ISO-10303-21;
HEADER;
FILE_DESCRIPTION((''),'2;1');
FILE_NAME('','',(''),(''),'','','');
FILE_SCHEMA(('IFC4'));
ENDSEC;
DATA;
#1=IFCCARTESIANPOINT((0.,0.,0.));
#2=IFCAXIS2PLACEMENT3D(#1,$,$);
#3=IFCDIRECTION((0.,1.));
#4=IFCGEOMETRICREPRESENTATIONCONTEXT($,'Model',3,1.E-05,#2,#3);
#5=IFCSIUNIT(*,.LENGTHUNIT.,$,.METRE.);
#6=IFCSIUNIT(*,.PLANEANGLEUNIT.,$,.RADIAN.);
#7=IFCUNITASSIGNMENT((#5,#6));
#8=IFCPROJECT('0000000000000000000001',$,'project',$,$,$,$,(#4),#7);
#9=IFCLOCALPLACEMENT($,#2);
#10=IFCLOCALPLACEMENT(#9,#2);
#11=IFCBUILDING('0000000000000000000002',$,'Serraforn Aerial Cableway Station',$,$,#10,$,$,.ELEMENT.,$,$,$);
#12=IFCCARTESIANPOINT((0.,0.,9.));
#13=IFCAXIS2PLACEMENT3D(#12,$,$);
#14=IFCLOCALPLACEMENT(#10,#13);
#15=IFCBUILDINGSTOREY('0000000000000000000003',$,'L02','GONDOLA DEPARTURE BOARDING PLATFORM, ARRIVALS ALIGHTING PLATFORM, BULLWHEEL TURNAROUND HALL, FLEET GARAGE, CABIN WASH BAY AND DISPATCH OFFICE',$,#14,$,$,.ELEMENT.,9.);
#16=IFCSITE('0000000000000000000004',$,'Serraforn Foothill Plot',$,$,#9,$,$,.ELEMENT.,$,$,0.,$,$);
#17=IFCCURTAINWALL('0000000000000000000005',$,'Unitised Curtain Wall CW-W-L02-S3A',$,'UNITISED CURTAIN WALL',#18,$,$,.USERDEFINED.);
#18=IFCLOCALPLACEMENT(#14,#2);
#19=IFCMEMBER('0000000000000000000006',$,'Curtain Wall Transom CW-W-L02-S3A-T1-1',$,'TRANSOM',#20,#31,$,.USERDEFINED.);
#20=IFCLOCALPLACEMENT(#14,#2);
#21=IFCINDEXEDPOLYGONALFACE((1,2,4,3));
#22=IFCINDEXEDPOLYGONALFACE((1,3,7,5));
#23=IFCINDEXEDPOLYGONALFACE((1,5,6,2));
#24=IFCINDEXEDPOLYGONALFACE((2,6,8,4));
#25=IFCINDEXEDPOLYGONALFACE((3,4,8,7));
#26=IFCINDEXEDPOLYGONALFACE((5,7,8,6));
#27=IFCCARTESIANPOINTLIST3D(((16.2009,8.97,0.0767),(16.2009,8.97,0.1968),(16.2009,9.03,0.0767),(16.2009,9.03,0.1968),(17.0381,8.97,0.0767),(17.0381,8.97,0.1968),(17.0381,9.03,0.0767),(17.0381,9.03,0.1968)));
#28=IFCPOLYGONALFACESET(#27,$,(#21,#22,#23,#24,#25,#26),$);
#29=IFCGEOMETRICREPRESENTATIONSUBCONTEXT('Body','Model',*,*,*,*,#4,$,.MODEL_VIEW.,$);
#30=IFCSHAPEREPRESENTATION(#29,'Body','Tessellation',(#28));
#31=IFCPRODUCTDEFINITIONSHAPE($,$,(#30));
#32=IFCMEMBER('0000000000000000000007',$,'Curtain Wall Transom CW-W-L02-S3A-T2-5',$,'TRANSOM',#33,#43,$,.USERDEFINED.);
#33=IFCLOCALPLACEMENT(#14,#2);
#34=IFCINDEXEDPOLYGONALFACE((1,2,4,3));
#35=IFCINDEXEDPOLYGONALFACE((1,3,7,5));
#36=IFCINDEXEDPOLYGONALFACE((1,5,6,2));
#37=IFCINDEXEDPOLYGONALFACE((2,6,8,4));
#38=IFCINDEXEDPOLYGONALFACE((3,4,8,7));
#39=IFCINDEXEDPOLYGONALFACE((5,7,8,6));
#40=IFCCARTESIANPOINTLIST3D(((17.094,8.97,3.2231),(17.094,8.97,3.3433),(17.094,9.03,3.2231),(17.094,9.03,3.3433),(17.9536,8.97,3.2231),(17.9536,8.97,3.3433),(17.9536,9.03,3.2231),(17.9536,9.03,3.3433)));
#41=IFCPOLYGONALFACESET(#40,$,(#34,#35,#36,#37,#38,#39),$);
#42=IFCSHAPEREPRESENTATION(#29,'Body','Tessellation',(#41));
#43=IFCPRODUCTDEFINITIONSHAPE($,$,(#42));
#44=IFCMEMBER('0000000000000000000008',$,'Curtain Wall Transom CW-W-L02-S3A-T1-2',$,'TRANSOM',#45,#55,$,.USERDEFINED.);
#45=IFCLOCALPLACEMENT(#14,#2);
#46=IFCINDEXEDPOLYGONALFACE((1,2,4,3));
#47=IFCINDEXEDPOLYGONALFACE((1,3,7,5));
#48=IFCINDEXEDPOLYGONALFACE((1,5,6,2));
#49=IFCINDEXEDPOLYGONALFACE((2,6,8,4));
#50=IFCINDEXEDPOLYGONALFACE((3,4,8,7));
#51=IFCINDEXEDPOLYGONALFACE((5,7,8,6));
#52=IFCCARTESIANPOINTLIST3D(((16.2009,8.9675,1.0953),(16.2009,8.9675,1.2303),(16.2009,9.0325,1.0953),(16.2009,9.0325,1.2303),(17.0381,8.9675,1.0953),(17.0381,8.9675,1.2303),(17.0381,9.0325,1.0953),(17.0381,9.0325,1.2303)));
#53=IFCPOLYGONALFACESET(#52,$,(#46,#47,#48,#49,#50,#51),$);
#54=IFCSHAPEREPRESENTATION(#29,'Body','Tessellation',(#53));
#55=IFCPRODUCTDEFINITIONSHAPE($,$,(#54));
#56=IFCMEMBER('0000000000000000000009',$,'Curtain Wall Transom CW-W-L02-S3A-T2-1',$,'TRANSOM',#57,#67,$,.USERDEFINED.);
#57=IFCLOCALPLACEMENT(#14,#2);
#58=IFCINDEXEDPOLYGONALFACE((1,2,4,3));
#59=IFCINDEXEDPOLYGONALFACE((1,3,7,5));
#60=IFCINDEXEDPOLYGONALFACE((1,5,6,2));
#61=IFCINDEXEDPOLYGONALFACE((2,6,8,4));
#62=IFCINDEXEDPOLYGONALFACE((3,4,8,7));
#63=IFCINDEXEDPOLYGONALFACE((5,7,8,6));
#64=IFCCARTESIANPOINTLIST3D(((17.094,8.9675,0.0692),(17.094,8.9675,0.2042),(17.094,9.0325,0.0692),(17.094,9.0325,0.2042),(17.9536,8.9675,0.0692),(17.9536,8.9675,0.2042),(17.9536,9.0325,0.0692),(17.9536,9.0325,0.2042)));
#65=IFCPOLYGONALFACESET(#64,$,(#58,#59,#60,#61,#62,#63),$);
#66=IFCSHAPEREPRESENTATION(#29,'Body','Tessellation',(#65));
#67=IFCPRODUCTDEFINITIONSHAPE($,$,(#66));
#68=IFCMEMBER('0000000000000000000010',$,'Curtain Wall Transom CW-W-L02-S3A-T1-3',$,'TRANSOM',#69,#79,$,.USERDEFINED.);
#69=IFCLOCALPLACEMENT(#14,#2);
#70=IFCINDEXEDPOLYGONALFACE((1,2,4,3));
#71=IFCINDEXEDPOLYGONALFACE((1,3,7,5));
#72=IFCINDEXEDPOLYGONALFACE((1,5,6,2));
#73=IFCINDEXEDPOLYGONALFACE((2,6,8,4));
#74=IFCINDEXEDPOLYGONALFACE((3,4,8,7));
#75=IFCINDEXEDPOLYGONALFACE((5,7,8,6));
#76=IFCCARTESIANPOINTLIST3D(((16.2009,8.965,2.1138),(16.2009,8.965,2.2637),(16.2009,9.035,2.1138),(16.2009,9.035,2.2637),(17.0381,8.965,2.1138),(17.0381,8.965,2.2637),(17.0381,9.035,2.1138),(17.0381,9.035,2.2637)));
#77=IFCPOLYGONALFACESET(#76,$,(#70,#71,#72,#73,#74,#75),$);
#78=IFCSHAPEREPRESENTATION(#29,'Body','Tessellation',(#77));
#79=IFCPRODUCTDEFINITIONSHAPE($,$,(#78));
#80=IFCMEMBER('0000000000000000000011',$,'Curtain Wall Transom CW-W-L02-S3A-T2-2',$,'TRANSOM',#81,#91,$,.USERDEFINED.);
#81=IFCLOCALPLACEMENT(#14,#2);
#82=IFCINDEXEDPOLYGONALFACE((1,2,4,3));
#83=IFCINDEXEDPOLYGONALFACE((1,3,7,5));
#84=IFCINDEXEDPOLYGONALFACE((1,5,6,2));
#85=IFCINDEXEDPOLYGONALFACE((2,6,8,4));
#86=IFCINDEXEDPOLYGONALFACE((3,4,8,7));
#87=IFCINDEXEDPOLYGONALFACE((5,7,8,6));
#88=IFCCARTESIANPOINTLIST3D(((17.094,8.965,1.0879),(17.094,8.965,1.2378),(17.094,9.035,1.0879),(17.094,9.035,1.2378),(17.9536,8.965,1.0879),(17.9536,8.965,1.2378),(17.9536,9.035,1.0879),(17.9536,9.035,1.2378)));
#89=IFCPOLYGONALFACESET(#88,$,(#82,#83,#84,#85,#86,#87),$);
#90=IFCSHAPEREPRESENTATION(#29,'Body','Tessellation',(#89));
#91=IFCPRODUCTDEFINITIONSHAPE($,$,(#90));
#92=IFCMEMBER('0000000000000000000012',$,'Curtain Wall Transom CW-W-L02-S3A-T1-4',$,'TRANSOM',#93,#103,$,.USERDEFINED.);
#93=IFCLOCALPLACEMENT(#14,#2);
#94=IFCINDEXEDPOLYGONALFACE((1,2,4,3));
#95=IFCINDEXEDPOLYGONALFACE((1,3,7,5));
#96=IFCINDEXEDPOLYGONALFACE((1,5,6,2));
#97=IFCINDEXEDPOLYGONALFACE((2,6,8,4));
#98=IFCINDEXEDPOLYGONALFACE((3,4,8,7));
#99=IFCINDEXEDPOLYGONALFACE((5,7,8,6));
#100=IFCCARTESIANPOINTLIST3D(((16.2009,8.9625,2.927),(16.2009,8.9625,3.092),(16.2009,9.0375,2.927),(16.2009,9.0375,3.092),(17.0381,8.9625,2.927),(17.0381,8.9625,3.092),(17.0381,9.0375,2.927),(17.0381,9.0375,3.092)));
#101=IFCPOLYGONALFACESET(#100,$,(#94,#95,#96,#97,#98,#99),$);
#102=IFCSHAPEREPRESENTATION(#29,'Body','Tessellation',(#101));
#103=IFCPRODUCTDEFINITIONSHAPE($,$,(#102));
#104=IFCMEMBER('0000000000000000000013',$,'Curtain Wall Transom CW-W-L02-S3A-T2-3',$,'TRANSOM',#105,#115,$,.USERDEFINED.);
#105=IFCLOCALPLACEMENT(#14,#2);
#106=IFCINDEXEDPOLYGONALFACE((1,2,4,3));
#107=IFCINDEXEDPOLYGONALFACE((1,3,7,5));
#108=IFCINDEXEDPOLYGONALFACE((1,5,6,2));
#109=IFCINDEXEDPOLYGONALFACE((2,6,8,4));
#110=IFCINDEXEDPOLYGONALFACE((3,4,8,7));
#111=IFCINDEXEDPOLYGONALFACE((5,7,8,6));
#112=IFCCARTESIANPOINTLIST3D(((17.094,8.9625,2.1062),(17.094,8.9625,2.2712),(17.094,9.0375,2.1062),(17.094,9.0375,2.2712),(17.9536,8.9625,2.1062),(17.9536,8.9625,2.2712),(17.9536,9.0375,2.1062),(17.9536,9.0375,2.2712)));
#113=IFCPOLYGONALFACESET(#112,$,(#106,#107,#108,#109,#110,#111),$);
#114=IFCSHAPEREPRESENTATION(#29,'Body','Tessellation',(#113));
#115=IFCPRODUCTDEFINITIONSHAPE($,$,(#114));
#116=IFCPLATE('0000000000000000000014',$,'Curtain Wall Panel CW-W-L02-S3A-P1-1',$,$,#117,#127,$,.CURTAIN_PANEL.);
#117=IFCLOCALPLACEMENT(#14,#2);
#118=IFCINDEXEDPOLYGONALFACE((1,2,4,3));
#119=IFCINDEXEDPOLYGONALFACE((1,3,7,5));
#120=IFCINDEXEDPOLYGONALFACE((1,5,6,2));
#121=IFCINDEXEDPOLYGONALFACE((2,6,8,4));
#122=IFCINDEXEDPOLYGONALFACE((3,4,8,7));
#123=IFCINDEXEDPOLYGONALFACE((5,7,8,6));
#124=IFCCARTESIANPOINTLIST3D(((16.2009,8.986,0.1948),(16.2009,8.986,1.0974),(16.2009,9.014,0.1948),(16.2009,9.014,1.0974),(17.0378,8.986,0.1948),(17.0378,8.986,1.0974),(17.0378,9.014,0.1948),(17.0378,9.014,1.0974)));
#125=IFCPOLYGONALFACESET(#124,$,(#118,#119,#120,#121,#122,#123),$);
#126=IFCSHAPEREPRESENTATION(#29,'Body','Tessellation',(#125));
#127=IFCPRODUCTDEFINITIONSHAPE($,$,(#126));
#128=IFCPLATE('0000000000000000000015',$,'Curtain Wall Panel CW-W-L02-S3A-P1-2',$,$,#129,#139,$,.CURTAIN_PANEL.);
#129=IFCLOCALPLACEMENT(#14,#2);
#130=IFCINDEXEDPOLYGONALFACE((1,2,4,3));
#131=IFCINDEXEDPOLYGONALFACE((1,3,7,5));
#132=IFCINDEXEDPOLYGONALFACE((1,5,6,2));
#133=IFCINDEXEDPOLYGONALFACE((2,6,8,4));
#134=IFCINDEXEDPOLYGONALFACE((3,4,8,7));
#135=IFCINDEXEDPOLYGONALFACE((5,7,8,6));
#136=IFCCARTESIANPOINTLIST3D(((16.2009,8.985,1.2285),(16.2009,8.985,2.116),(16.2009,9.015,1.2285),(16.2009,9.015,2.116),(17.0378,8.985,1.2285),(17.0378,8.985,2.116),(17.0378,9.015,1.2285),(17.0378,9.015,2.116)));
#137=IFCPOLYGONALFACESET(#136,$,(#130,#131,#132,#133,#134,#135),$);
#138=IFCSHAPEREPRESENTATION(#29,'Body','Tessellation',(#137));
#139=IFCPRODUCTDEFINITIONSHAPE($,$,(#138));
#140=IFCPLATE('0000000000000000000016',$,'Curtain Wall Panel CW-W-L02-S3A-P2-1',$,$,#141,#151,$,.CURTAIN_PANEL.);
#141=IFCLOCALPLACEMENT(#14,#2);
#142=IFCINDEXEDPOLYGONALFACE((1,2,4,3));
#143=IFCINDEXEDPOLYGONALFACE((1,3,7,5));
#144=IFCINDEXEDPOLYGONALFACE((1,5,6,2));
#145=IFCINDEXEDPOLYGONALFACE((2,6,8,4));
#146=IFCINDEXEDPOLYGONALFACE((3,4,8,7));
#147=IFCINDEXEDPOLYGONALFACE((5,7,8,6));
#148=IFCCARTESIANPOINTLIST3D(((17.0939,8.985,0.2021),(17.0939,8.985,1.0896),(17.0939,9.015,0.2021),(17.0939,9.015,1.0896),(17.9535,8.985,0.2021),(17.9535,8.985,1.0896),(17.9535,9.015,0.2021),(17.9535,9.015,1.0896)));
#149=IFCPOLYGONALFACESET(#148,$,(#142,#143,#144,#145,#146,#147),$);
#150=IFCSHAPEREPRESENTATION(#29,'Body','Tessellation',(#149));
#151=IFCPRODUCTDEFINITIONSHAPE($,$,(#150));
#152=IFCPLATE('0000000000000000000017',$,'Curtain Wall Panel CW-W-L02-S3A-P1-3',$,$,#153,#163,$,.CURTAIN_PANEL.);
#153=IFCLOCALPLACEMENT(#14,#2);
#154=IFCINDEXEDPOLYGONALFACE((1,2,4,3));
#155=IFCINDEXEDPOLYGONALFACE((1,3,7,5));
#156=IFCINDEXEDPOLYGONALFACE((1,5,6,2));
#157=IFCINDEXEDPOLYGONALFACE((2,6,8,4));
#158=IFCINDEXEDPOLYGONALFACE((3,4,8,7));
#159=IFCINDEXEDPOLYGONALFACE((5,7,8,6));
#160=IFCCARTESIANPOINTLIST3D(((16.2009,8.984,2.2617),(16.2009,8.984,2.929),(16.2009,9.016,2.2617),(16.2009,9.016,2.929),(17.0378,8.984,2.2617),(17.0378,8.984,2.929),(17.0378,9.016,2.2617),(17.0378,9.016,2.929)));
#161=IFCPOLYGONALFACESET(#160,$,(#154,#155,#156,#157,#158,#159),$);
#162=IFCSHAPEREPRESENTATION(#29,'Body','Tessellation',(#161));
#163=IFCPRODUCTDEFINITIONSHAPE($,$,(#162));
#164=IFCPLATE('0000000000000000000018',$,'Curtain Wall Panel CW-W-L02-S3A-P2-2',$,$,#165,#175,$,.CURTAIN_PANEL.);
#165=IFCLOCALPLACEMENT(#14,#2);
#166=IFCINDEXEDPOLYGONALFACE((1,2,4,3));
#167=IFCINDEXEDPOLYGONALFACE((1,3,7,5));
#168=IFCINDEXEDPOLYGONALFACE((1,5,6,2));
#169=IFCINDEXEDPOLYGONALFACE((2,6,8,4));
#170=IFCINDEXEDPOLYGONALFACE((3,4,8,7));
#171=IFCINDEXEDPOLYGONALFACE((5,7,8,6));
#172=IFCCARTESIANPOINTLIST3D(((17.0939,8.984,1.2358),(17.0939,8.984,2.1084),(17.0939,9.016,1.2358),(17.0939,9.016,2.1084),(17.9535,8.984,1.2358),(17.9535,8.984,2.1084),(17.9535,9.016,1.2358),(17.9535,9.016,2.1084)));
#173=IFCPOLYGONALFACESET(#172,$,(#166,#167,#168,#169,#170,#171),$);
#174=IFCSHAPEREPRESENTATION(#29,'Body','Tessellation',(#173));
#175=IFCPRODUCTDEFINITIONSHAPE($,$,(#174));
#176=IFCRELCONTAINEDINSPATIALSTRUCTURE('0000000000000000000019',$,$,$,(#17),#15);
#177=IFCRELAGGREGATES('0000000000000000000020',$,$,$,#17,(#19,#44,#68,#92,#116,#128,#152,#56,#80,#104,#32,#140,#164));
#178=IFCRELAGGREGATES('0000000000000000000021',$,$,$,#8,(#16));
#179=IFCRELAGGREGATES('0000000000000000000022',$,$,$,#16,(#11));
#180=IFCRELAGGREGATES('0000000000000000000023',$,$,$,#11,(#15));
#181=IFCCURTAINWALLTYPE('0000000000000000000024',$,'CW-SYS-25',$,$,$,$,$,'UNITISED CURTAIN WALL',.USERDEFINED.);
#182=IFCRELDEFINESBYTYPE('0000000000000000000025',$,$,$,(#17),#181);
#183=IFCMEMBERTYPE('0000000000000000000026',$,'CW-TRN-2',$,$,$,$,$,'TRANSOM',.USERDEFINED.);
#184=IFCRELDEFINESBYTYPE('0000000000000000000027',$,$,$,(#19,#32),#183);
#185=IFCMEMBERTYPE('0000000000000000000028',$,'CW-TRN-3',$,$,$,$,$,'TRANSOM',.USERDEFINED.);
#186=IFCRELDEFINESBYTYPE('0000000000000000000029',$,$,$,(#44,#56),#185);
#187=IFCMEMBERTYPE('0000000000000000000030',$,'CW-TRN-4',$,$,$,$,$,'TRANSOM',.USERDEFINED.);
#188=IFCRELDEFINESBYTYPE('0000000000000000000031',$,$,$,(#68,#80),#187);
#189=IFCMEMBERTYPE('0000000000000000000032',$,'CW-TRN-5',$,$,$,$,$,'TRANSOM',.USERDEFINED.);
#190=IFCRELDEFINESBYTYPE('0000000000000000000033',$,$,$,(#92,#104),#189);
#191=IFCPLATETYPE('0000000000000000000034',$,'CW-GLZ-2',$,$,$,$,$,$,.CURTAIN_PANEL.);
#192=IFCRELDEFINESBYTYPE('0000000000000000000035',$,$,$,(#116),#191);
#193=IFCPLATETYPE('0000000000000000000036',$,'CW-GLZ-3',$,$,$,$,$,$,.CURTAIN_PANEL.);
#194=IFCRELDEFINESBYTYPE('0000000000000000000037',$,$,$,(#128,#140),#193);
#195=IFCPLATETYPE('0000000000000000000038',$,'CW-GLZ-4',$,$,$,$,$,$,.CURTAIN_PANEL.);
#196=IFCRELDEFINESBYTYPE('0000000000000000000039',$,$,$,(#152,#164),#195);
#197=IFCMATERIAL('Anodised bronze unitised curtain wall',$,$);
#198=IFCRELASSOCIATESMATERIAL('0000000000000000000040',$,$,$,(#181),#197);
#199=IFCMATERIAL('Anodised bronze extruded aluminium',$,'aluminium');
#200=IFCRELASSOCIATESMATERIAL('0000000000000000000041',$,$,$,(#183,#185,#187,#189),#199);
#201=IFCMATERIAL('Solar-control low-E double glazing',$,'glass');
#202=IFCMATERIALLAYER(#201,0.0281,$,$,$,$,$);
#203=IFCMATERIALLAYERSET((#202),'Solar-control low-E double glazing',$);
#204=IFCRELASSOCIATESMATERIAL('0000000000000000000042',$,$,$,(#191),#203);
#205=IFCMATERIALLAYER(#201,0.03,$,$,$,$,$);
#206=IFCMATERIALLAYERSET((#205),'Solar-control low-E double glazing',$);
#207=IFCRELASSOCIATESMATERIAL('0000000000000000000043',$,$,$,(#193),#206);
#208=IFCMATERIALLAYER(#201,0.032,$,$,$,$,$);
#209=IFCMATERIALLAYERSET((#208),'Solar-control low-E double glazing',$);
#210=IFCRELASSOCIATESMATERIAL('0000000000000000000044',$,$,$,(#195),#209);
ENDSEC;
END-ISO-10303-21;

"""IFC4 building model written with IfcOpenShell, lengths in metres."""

from ifc_helpers import new_model, si_unit, direction, frame, origin, origin_2d, place, context, subcontext, project, spatial, rectangle, extrude, material, layer, layer_set, material_profile, profile_set, type_object, element, aggregate, save


model = new_model("IFC4")

# Units and contexts
model_context = context("Model", 3, precision=1e-05, world=origin(), true_north=direction((0.0, 1.0)))
body_context = subcontext(model_context, "Body", "Model", "MODEL_VIEW")
ifc_project = project(units=[si_unit("LENGTHUNIT", "METRE"), si_unit("PLANEANGLEUNIT", "RADIAN")], contexts=[model_context])

# Site, building, storey
site_placement = place(None, origin())
site = spatial("IfcSite", under=ifc_project, at=site_placement, Name="Serraforn Foothill Plot", CompositionType="ELEMENT", RefElevation=0.0)
building_placement = place(site_placement, origin())
building = spatial("IfcBuilding", under=site, at=building_placement, Name="Serraforn Aerial Cableway Station", CompositionType="ELEMENT")
storey_placement = place(building_placement, frame((0.0, 0.0, 9.0)))
storey = spatial("IfcBuildingStorey", under=building, at=storey_placement, Name="L02", Description="GONDOLA DEPARTURE BOARDING PLATFORM, ARRIVALS ALIGHTING PLATFORM, BULLWHEEL TURNAROUND HALL, FLEET GARAGE, CABIN WASH BAY AND DISPATCH OFFICE", CompositionType="ELEMENT", Elevation=9.0)

# Curtain wall
ifc_material_1 = material(Name="Anodised bronze unitised curtain wall")
curtain_wall_type_1 = type_object("IfcCurtainWallType", Name="CW-SYS-25", ElementType="UNITISED CURTAIN WALL", PredefinedType="USERDEFINED", material=ifc_material_1)
curtain_wall_1_placement = place(storey_placement, origin())
curtain_wall_1 = element("IfcCurtainWall", 1, at=curtain_wall_1_placement, inside=storey, type_object=curtain_wall_type_1, Name="Unitised Curtain Wall CW-W-L02-S3A", ObjectType="UNITISED CURTAIN WALL", PredefinedType="USERDEFINED")
ifc_material_2 = material(Name="Anodised bronze extruded aluminium", Category="aluminium")

# Members
ifc_material_profile_1 = material_profile(ifc_material_2, rectangle(XDim=0.0601, YDim=0.1201, at=origin_2d()), Name="CW TRANSOM 60x120")
ifc_profile_set_1 = profile_set([ifc_material_profile_1], Name="Anodised bronze extruded aluminium")
member_type_1 = type_object("IfcMemberType", Name="CW-TRN-2", ElementType="TRANSOM", PredefinedType="USERDEFINED", material=ifc_profile_set_1)
member_1_placement = place(storey_placement, frame((16.2009, 9.0, 0.1367), z_axis=(1.0, 0.0, 0.0), x_axis=(0.0, 1.0, 0.0)))
member_1 = element("IfcMember", 2, at=member_1_placement, type_object=member_type_1, Name="Curtain Wall Transom CW-W-L02-S3A-T1-1", ObjectType="TRANSOM", PredefinedType="USERDEFINED", context=body_context, shape_type="SweptSolid", body=[
    extrude(rectangle(XDim=0.0601, YDim=0.1201, at=origin_2d()), origin(), (0.0, 0.0, 1.0), 0.8372),
])
member_2_placement = place(storey_placement, frame((17.094, 9.0, 3.2832), z_axis=(1.0, 0.0, 0.0), x_axis=(0.0, 1.0, 0.0)))
member_2 = element("IfcMember", 3, at=member_2_placement, type_object=member_type_1, Name="Curtain Wall Transom CW-W-L02-S3A-T2-5", ObjectType="TRANSOM", PredefinedType="USERDEFINED", context=body_context, shape_type="SweptSolid", body=[
    extrude(rectangle(XDim=0.0601, YDim=0.1201, at=origin_2d()), origin(), (0.0, 0.0, 1.0), 0.8596),
])
ifc_material_profile_2 = material_profile(ifc_material_2, rectangle(XDim=0.0649, YDim=0.135, at=origin_2d()), Name="CW TRANSOM 65x135")
ifc_profile_set_2 = profile_set([ifc_material_profile_2], Name="Anodised bronze extruded aluminium")
member_type_2 = type_object("IfcMemberType", Name="CW-TRN-3", ElementType="TRANSOM", PredefinedType="USERDEFINED", material=ifc_profile_set_2)
member_3_placement = place(storey_placement, frame((16.2009, 9.0, 1.1628), z_axis=(1.0, 0.0, 0.0), x_axis=(0.0, 1.0, 0.0)))
member_3 = element("IfcMember", 4, at=member_3_placement, type_object=member_type_2, Name="Curtain Wall Transom CW-W-L02-S3A-T1-2", ObjectType="TRANSOM", PredefinedType="USERDEFINED", context=body_context, shape_type="SweptSolid", body=[
    extrude(rectangle(XDim=0.0649, YDim=0.135, at=origin_2d()), origin(), (0.0, 0.0, 1.0), 0.8372),
])
member_4_placement = place(storey_placement, frame((17.094, 9.0, 0.1367), z_axis=(1.0, 0.0, 0.0), x_axis=(0.0, 1.0, 0.0)))
member_4 = element("IfcMember", 5, at=member_4_placement, type_object=member_type_2, Name="Curtain Wall Transom CW-W-L02-S3A-T2-1", ObjectType="TRANSOM", PredefinedType="USERDEFINED", context=body_context, shape_type="SweptSolid", body=[
    extrude(rectangle(XDim=0.0649, YDim=0.135, at=origin_2d()), origin(), (0.0, 0.0, 1.0), 0.8596),
])
ifc_material_profile_3 = material_profile(ifc_material_2, rectangle(XDim=0.0701, YDim=0.1499, at=origin_2d()), Name="CW TRANSOM 70x150")
ifc_profile_set_3 = profile_set([ifc_material_profile_3], Name="Anodised bronze extruded aluminium")
member_type_3 = type_object("IfcMemberType", Name="CW-TRN-4", ElementType="TRANSOM", PredefinedType="USERDEFINED", material=ifc_profile_set_3)
member_5_placement = place(storey_placement, frame((16.2009, 9.0, 2.1887), z_axis=(1.0, 0.0, 0.0), x_axis=(0.0, 1.0, 0.0)))
member_5 = element("IfcMember", 6, at=member_5_placement, type_object=member_type_3, Name="Curtain Wall Transom CW-W-L02-S3A-T1-3", ObjectType="TRANSOM", PredefinedType="USERDEFINED", context=body_context, shape_type="SweptSolid", body=[
    extrude(rectangle(XDim=0.0701, YDim=0.1499, at=origin_2d()), origin(), (0.0, 0.0, 1.0), 0.8372),
])
member_6_placement = place(storey_placement, frame((17.094, 9.0, 1.1628), z_axis=(1.0, 0.0, 0.0), x_axis=(0.0, 1.0, 0.0)))
member_6 = element("IfcMember", 7, at=member_6_placement, type_object=member_type_3, Name="Curtain Wall Transom CW-W-L02-S3A-T2-2", ObjectType="TRANSOM", PredefinedType="USERDEFINED", context=body_context, shape_type="SweptSolid", body=[
    extrude(rectangle(XDim=0.0701, YDim=0.1499, at=origin_2d()), origin(), (0.0, 0.0, 1.0), 0.8596),
])
ifc_material_profile_4 = material_profile(ifc_material_2, rectangle(XDim=0.075, YDim=0.165, at=origin_2d()), Name="CW TRANSOM 75x165")
ifc_profile_set_4 = profile_set([ifc_material_profile_4], Name="Anodised bronze extruded aluminium")
member_type_4 = type_object("IfcMemberType", Name="CW-TRN-5", ElementType="TRANSOM", PredefinedType="USERDEFINED", material=ifc_profile_set_4)
member_7_placement = place(storey_placement, frame((16.2009, 9.0, 3.0095), z_axis=(1.0, 0.0, 0.0), x_axis=(0.0, 1.0, 0.0)))
member_7 = element("IfcMember", 8, at=member_7_placement, type_object=member_type_4, Name="Curtain Wall Transom CW-W-L02-S3A-T1-4", ObjectType="TRANSOM", PredefinedType="USERDEFINED", context=body_context, shape_type="SweptSolid", body=[
    extrude(rectangle(XDim=0.075, YDim=0.165, at=origin_2d()), origin(), (0.0, 0.0, 1.0), 0.8372),
])
member_8_placement = place(storey_placement, frame((17.094, 9.0, 2.1887), z_axis=(1.0, 0.0, 0.0), x_axis=(0.0, 1.0, 0.0)))
member_8 = element("IfcMember", 9, at=member_8_placement, type_object=member_type_4, Name="Curtain Wall Transom CW-W-L02-S3A-T2-3", ObjectType="TRANSOM", PredefinedType="USERDEFINED", context=body_context, shape_type="SweptSolid", body=[
    extrude(rectangle(XDim=0.075, YDim=0.165, at=origin_2d()), origin(), (0.0, 0.0, 1.0), 0.8596),
])

# Plates
ifc_material_3 = material(Name="Solar-control low-E double glazing", Category="glass")
ifc_layer_1 = layer(ifc_material_3, 0.0281)
ifc_layer_set_1 = layer_set([ifc_layer_1], Name="Solar-control low-E double glazing")
plate_type_1 = type_object("IfcPlateType", Name="CW-GLZ-2", PredefinedType="CURTAIN_PANEL", material=ifc_layer_set_1)
plate_1_placement = place(storey_placement, frame((16.6194, 9.0, 0.1948), z_axis=(0.0, 0.0, 1.0), x_axis=(1.0, 0.0, 0.0)))
plate_1 = element("IfcPlate", 10, at=plate_1_placement, type_object=plate_type_1, Name="Curtain Wall Panel CW-W-L02-S3A-P1-1", PredefinedType="CURTAIN_PANEL", context=body_context, shape_type="SweptSolid", body=[
    extrude(rectangle(XDim=0.8369, YDim=0.0281, at=origin_2d()), origin(), (0.0, 0.0, 1.0), 0.9026),
])
ifc_layer_2 = layer(ifc_material_3, 0.03)
ifc_layer_set_2 = layer_set([ifc_layer_2], Name="Solar-control low-E double glazing")
plate_type_2 = type_object("IfcPlateType", Name="CW-GLZ-3", PredefinedType="CURTAIN_PANEL", material=ifc_layer_set_2)
plate_2_placement = place(storey_placement, frame((16.6194, 9.0, 1.2285), z_axis=(0.0, 0.0, 1.0), x_axis=(1.0, 0.0, 0.0)))
plate_2 = element("IfcPlate", 11, at=plate_2_placement, type_object=plate_type_2, Name="Curtain Wall Panel CW-W-L02-S3A-P1-2", PredefinedType="CURTAIN_PANEL", context=body_context, shape_type="SweptSolid", body=[
    extrude(rectangle(XDim=0.8369, YDim=0.03, at=origin_2d()), origin(), (0.0, 0.0, 1.0), 0.8875),
])
plate_3_placement = place(storey_placement, frame((17.5237, 9.0, 0.2021), z_axis=(0.0, 0.0, 1.0), x_axis=(1.0, 0.0, 0.0)))
plate_3 = element("IfcPlate", 12, at=plate_3_placement, type_object=plate_type_2, Name="Curtain Wall Panel CW-W-L02-S3A-P2-1", PredefinedType="CURTAIN_PANEL", context=body_context, shape_type="SweptSolid", body=[
    extrude(rectangle(XDim=0.8596, YDim=0.03, at=origin_2d()), origin(), (0.0, 0.0, 1.0), 0.8875),
])
ifc_layer_3 = layer(ifc_material_3, 0.032)
ifc_layer_set_3 = layer_set([ifc_layer_3], Name="Solar-control low-E double glazing")
plate_type_3 = type_object("IfcPlateType", Name="CW-GLZ-4", PredefinedType="CURTAIN_PANEL", material=ifc_layer_set_3)
plate_4_placement = place(storey_placement, frame((16.6194, 9.0, 2.2617), z_axis=(0.0, 0.0, 1.0), x_axis=(1.0, 0.0, 0.0)))
plate_4 = element("IfcPlate", 13, at=plate_4_placement, type_object=plate_type_3, Name="Curtain Wall Panel CW-W-L02-S3A-P1-3", PredefinedType="CURTAIN_PANEL", context=body_context, shape_type="SweptSolid", body=[
    extrude(rectangle(XDim=0.8369, YDim=0.032, at=origin_2d()), origin(), (0.0, 0.0, 1.0), 0.6672),
])
plate_5_placement = place(storey_placement, frame((17.5237, 9.0, 1.2358), z_axis=(0.0, 0.0, 1.0), x_axis=(1.0, 0.0, 0.0)))
plate_5 = element("IfcPlate", 14, at=plate_5_placement, type_object=plate_type_3, Name="Curtain Wall Panel CW-W-L02-S3A-P2-2", PredefinedType="CURTAIN_PANEL", context=body_context, shape_type="SweptSolid", body=[
    extrude(rectangle(XDim=0.8596, YDim=0.032, at=origin_2d()), origin(), (0.0, 0.0, 1.0), 0.8726),
])
aggregate(curtain_wall_1, [member_1, member_3, member_5, member_7, plate_1, plate_2, plate_4, member_4, member_6, member_8, member_2, plate_3, plate_5])

save(model, "model.ifc")
